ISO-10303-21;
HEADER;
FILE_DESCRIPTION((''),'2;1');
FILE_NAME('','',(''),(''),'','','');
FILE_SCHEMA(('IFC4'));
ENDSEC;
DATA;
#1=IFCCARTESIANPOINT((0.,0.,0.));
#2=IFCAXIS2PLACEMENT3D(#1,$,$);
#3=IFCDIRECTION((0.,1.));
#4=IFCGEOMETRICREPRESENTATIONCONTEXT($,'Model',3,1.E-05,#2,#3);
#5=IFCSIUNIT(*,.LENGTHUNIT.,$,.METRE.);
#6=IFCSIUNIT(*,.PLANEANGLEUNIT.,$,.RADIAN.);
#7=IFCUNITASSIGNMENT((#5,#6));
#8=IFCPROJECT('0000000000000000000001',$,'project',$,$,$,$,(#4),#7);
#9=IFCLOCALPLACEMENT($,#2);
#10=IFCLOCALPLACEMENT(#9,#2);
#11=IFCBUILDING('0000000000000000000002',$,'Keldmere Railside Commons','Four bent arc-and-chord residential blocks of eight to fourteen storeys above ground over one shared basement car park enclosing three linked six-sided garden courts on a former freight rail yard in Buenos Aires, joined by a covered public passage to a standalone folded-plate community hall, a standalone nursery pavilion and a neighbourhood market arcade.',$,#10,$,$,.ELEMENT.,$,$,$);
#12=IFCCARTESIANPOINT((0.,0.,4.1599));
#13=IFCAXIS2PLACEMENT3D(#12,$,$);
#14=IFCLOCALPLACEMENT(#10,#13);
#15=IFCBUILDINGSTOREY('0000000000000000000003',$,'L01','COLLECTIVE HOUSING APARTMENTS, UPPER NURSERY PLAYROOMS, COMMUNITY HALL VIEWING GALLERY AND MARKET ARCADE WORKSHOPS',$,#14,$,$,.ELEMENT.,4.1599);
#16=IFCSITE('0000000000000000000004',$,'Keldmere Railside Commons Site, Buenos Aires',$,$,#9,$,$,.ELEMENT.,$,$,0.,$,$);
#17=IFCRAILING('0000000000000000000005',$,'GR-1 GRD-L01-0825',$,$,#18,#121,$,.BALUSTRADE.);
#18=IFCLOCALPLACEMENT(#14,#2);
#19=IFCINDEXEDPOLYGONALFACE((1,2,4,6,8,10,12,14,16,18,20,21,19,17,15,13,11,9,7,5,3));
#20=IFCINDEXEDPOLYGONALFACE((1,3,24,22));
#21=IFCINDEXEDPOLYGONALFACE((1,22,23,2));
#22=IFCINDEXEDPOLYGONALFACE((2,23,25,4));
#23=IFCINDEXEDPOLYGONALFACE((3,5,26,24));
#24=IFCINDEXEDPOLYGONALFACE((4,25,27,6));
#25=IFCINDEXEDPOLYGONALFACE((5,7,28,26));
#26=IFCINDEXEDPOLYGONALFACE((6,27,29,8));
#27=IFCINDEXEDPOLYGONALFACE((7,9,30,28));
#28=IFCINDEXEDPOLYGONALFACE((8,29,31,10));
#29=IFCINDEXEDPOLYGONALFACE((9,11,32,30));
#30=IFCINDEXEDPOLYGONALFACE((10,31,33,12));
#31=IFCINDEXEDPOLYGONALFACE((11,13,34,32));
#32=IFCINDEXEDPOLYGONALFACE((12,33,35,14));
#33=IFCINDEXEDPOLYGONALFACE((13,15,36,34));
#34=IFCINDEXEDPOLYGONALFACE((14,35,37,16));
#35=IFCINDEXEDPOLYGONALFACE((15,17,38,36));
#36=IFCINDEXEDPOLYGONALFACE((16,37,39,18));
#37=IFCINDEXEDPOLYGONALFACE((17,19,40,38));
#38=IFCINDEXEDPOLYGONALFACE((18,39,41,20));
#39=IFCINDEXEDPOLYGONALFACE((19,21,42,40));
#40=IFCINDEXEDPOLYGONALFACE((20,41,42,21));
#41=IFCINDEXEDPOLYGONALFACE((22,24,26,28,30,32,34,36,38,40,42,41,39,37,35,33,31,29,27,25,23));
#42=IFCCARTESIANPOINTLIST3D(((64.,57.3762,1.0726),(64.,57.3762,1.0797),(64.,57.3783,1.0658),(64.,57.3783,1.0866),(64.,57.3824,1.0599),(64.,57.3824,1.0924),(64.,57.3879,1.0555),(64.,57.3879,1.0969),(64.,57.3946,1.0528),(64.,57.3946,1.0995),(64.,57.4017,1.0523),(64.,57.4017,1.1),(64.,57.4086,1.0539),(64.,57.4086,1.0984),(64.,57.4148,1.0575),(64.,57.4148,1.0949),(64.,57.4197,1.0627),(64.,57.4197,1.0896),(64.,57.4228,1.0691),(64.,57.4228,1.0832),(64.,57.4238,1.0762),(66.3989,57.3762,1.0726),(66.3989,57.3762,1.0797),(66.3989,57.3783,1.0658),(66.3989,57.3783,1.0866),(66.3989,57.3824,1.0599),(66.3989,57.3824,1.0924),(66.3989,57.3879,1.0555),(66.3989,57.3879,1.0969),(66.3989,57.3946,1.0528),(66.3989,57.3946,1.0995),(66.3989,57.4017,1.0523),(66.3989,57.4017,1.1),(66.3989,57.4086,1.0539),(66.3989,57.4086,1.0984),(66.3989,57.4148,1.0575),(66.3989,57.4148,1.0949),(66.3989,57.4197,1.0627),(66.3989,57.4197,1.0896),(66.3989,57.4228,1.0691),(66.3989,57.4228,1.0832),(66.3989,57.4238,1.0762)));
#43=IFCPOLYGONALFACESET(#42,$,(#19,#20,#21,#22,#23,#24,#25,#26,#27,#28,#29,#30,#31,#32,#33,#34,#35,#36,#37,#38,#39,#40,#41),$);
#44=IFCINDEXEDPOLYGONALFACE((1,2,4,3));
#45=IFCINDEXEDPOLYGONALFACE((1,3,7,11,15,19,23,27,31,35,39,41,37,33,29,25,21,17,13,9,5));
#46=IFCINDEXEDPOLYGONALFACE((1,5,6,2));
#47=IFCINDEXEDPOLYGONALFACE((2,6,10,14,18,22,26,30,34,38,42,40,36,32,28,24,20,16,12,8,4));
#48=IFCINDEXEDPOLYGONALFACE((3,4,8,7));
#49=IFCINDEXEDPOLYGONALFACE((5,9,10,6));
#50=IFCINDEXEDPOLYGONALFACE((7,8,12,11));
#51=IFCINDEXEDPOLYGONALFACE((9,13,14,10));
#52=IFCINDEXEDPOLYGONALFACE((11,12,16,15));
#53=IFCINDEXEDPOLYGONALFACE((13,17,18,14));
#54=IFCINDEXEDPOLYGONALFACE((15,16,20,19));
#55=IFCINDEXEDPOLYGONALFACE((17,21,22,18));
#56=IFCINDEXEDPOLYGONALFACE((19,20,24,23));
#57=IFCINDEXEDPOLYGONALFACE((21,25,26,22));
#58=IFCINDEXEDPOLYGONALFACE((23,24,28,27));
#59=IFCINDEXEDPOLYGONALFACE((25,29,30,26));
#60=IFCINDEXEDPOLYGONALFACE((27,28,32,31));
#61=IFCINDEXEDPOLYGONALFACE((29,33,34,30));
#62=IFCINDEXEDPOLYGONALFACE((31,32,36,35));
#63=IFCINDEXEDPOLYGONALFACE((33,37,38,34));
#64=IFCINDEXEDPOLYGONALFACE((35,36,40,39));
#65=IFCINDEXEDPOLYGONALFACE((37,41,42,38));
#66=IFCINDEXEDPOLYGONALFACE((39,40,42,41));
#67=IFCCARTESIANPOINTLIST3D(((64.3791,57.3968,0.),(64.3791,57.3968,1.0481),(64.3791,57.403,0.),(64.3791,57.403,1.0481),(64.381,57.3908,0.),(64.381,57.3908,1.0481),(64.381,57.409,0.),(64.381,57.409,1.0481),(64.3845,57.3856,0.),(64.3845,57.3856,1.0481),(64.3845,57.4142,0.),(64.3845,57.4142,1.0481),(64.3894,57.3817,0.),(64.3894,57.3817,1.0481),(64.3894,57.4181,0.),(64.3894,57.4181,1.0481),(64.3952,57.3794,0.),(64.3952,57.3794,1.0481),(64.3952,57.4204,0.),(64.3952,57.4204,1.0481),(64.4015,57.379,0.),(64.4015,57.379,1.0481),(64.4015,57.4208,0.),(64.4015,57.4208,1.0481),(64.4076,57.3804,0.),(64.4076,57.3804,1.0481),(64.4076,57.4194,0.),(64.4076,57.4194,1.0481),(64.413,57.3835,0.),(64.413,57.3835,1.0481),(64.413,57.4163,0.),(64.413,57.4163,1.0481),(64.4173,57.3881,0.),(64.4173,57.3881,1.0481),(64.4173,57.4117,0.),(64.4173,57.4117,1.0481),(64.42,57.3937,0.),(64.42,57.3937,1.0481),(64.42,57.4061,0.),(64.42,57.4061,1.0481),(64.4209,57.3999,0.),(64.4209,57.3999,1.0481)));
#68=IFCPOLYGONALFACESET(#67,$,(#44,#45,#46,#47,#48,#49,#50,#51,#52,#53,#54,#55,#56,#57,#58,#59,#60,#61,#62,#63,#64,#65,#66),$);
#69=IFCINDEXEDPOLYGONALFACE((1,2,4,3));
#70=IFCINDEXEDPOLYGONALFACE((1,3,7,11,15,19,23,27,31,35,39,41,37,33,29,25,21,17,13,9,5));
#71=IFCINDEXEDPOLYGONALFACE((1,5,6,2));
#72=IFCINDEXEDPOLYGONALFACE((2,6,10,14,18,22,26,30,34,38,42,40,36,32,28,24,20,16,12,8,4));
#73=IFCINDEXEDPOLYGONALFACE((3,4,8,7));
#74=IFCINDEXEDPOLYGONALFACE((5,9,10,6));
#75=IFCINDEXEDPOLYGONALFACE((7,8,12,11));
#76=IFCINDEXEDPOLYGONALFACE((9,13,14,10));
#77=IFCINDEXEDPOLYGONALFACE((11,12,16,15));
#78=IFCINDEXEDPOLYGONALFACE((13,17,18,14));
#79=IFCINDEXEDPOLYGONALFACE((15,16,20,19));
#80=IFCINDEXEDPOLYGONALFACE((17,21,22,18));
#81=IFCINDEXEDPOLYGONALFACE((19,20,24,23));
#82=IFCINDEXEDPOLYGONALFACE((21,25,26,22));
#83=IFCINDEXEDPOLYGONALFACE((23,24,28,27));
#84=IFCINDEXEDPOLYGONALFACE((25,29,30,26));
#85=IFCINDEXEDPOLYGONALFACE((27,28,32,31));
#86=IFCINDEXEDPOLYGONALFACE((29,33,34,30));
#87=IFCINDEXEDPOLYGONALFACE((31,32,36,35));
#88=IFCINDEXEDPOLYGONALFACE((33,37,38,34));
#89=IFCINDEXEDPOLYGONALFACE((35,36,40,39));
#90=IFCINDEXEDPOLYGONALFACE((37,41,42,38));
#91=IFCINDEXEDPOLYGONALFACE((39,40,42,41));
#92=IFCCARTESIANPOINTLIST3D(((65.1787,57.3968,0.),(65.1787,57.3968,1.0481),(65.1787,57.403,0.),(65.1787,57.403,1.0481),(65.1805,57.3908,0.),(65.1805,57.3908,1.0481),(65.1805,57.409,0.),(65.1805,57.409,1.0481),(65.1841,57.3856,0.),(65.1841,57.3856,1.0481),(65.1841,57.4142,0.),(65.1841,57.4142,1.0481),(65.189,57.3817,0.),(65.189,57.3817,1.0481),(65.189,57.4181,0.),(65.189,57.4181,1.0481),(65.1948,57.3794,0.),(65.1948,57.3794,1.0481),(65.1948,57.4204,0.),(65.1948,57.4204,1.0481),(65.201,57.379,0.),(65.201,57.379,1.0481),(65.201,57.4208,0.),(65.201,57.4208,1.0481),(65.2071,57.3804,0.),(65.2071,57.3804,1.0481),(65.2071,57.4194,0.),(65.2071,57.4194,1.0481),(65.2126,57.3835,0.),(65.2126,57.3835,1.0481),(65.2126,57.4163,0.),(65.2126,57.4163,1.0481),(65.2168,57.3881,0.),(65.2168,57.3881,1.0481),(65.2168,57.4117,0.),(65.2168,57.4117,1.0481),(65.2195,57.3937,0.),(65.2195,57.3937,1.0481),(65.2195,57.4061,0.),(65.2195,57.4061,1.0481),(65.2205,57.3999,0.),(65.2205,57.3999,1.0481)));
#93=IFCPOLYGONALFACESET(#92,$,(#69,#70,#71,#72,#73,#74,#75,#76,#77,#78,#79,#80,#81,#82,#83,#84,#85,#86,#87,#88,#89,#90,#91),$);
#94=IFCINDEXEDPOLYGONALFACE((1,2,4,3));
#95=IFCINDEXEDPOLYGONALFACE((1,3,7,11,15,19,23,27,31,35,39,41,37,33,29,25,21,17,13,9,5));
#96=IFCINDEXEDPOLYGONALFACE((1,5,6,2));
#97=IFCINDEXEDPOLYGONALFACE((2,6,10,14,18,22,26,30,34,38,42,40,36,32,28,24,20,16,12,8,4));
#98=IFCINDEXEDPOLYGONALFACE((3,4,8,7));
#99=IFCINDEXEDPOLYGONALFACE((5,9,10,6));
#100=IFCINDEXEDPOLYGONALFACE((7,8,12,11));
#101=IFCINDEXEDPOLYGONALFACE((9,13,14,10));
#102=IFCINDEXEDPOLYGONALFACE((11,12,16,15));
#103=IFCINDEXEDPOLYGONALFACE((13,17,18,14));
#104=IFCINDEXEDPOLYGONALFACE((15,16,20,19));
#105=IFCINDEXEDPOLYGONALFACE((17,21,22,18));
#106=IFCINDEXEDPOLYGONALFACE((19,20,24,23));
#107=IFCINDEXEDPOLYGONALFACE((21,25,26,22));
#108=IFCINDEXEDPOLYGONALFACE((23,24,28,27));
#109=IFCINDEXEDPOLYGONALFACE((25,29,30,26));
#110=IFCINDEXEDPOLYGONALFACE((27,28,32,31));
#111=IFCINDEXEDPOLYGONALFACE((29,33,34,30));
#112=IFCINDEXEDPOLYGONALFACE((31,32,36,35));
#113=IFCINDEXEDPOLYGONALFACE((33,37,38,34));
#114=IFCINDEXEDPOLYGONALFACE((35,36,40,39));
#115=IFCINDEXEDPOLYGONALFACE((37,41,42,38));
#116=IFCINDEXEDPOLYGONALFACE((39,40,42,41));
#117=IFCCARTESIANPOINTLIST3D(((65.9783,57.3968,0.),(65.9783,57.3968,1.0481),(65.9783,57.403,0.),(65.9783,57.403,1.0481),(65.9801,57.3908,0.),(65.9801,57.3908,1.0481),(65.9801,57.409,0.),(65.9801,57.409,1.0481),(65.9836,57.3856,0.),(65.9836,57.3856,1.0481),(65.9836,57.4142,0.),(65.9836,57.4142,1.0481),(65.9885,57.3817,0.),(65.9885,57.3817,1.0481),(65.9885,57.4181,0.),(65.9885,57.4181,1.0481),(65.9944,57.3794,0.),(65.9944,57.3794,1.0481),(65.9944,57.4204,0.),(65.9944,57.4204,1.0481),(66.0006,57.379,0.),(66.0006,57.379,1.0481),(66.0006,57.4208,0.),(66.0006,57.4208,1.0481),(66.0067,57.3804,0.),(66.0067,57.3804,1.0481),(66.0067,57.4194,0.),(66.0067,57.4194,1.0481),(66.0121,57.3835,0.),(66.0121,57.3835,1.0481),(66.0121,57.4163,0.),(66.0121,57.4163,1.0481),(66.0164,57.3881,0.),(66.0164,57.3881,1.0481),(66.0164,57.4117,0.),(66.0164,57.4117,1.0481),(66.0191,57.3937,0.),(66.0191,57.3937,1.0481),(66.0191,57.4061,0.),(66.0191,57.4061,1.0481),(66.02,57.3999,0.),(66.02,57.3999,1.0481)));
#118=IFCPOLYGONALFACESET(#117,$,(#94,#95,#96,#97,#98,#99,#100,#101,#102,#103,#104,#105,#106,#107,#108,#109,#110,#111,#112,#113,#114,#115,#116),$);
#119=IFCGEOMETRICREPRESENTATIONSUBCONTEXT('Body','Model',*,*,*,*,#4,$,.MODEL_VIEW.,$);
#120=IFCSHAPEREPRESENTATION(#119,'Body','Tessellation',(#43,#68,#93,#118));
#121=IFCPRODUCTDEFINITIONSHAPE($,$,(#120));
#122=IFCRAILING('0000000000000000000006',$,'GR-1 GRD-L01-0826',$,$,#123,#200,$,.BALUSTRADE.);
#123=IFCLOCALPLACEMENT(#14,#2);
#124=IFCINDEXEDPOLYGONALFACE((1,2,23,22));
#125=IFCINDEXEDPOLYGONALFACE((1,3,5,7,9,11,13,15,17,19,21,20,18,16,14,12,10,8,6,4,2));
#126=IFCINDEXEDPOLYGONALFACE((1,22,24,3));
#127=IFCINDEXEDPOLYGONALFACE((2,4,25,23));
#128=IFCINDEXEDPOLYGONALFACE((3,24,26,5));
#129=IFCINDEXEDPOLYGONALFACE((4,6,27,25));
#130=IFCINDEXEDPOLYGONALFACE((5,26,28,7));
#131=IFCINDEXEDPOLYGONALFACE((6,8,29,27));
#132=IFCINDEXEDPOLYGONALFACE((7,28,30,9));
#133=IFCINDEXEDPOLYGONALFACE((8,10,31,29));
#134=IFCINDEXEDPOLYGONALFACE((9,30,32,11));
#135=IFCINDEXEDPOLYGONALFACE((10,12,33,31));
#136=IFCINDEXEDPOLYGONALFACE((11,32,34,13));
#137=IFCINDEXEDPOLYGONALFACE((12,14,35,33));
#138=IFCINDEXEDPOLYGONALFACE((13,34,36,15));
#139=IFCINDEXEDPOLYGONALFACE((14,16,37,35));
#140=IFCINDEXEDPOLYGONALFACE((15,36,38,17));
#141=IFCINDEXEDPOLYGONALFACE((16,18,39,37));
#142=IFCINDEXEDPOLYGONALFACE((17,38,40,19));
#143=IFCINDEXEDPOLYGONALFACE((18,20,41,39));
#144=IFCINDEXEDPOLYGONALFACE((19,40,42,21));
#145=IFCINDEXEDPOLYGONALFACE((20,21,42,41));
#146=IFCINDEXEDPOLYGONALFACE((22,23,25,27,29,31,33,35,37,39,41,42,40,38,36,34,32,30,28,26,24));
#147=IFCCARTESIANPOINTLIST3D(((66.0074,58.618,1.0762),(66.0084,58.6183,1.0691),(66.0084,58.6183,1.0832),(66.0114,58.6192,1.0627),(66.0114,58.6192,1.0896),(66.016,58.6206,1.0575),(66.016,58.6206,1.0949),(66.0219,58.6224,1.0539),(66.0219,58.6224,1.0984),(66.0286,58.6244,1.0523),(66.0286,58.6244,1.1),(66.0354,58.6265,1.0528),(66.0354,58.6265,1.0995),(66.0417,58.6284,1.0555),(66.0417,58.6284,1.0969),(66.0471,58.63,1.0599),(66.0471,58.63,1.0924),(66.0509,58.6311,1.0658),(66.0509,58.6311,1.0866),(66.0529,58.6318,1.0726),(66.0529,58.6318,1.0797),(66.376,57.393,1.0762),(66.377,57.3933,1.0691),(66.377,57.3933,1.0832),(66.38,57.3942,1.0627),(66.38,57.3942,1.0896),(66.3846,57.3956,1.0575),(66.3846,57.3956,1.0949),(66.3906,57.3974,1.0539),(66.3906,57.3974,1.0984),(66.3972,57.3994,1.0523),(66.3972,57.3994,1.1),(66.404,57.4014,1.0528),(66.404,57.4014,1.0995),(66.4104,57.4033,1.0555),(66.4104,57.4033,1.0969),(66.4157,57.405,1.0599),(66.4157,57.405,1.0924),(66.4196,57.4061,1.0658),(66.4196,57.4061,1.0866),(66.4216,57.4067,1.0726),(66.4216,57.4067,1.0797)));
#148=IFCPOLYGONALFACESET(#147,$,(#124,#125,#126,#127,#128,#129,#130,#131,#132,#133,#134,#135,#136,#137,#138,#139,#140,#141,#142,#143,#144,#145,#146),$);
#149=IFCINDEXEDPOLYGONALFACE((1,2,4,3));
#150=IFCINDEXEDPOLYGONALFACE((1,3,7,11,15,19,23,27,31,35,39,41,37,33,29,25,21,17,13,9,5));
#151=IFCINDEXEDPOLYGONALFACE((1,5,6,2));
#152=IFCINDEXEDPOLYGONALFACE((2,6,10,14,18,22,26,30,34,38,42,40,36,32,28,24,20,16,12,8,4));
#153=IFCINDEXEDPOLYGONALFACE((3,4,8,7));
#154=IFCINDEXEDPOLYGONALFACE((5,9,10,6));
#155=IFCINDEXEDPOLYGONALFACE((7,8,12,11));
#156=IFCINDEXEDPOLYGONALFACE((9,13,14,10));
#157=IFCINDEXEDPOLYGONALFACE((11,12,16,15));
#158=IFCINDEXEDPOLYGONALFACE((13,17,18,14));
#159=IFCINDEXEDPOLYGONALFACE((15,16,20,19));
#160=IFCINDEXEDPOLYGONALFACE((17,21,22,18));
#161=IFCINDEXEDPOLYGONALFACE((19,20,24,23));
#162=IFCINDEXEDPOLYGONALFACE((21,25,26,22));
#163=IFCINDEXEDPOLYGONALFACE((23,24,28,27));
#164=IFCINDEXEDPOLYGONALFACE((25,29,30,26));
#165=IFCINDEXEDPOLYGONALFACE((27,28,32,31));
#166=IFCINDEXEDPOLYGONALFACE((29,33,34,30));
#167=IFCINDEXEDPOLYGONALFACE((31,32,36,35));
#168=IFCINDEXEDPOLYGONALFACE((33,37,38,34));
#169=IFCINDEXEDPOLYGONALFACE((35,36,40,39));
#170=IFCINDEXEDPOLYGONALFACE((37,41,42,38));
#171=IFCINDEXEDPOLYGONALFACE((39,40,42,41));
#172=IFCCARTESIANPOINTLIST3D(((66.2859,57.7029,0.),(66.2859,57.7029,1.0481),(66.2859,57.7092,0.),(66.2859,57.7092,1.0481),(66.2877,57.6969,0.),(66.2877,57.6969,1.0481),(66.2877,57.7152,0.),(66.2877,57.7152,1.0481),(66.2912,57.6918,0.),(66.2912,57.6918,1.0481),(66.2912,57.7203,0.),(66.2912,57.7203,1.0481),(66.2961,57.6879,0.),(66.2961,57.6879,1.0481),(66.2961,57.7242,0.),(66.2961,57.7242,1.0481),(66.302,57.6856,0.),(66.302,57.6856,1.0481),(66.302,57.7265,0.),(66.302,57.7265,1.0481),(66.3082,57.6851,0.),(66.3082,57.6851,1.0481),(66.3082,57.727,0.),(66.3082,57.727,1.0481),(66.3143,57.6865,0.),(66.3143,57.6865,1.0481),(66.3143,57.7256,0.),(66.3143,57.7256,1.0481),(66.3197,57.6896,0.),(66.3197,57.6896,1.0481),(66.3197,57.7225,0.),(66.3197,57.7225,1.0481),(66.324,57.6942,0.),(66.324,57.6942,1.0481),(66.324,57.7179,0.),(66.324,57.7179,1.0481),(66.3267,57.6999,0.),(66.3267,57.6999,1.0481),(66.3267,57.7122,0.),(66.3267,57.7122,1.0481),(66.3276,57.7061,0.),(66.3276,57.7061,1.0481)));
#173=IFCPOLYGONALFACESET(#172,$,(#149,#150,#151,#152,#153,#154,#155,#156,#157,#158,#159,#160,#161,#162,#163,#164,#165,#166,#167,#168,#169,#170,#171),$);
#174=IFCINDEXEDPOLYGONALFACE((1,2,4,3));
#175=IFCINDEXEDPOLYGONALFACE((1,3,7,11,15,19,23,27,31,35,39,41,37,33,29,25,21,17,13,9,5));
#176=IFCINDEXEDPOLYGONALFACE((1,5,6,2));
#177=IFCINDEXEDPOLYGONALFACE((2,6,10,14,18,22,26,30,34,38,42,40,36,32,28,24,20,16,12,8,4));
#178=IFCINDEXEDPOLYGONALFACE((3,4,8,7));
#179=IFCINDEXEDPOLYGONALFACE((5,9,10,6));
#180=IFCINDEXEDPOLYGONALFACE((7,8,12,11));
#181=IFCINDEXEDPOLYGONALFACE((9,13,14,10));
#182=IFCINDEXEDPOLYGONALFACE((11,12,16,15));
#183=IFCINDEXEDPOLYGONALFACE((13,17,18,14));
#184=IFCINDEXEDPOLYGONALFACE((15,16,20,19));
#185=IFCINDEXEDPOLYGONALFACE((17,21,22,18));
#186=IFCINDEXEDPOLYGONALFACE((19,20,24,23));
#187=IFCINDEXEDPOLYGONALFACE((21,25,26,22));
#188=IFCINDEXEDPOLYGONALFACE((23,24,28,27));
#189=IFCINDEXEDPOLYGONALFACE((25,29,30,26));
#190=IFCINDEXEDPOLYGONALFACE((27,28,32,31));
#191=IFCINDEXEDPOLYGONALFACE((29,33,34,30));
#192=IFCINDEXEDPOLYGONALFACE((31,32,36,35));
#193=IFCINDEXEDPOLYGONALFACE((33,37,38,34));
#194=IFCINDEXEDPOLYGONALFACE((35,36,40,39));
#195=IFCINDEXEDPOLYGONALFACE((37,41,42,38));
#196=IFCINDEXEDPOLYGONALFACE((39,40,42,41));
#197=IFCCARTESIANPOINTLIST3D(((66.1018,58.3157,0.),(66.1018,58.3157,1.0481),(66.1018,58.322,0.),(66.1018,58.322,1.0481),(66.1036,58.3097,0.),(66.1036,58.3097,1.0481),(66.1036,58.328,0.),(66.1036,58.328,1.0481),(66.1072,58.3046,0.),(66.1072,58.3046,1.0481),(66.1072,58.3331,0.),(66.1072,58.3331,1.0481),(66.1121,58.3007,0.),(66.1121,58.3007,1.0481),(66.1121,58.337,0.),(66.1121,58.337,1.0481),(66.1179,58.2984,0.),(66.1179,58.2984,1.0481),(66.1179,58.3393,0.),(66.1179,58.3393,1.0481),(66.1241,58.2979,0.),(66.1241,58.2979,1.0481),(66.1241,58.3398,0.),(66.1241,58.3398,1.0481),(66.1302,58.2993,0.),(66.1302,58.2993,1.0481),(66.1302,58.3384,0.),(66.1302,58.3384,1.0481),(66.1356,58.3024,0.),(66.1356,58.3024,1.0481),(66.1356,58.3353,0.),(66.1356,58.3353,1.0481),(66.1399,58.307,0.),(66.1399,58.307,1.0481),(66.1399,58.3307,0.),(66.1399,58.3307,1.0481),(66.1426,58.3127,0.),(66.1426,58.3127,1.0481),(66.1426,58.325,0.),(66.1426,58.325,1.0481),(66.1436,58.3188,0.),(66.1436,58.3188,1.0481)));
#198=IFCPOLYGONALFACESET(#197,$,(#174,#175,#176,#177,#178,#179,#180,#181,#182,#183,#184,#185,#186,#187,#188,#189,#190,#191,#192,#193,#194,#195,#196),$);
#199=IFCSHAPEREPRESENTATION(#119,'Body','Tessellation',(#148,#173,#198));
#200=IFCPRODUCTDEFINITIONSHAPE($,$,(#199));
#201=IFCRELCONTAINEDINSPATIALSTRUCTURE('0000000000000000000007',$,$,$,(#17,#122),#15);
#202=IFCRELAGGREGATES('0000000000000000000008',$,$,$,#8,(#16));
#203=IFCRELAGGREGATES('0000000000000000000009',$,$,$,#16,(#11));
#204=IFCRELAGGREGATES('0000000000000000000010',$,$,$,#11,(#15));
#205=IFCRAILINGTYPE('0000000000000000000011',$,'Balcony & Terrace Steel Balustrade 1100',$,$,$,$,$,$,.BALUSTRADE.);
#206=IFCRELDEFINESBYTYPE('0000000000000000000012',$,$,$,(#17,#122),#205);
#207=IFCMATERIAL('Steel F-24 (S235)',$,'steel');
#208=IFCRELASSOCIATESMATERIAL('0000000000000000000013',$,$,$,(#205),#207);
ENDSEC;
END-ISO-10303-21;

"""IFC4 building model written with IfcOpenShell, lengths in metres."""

from ifc_helpers import new_model, si_unit, direction, frame, origin, origin_2d, place, context, subcontext, project, spatial, circle, extrude, material, type_object, element, save


model = new_model("IFC4")

# Units and contexts
model_context = context("Model", 3, precision=1e-05, world=origin(), true_north=direction((0.0, 1.0)))
body_context = subcontext(model_context, "Body", "Model", "MODEL_VIEW")
ifc_project = project(units=[si_unit("LENGTHUNIT", "METRE"), si_unit("PLANEANGLEUNIT", "RADIAN")], contexts=[model_context])

# Site, building, storey
site_placement = place(None, origin())
site = spatial("IfcSite", under=ifc_project, at=site_placement, Name="Keldmere Railside Commons Site, Buenos Aires", CompositionType="ELEMENT", RefElevation=0.0)
building_placement = place(site_placement, origin())
building = spatial("IfcBuilding", under=site, at=building_placement, Name="Keldmere Railside Commons", Description="Four bent arc-and-chord residential blocks of eight to fourteen storeys above ground over one shared basement car park enclosing three linked six-sided garden courts on a former freight rail yard in Buenos Aires, joined by a covered public passage to a standalone folded-plate community hall, a standalone nursery pavilion and a neighbourhood market arcade.", CompositionType="ELEMENT")
storey_placement = place(building_placement, frame((0.0, 0.0, 4.1599)))
storey = spatial("IfcBuildingStorey", under=building, at=storey_placement, Name="L01", Description="COLLECTIVE HOUSING APARTMENTS, UPPER NURSERY PLAYROOMS, COMMUNITY HALL VIEWING GALLERY AND MARKET ARCADE WORKSHOPS", CompositionType="ELEMENT", Elevation=4.1599)

# Railings
ifc_material_1 = material(Name="Steel F-24 (S235)", Category="steel")
railing_type = type_object("IfcRailingType", Name="Balcony & Terrace Steel Balustrade 1100", PredefinedType="BALUSTRADE", material=ifc_material_1)
railing_1_placement = place(storey_placement, frame((64.0, 57.3999, 0.0)))
element("IfcRailing", 1, at=railing_1_placement, inside=storey, type_object=railing_type, Name="GR-1 GRD-L01-0825", PredefinedType="BALUSTRADE", context=body_context, shape_type="SweptSolid", body=[
    extrude(circle(Radius=0.0239, at=origin_2d()), frame((0.0, 0.0, 1.0762), z_axis=(1.0, 0.0, 0.0), x_axis=(0.0, 1.0, 0.0)), (0.0, 0.0, 1.0), 2.3989),
    extrude(circle(Radius=0.021, at=origin_2d()), frame((0.3999, 0.0, 0.0)), (0.0, 0.0, 1.0), 1.0481),
    extrude(circle(Radius=0.021, at=origin_2d()), frame((1.1995, 0.0, 0.0)), (0.0, 0.0, 1.0), 1.0481),
    extrude(circle(Radius=0.021, at=origin_2d()), frame((1.999, 0.0, 0.0)), (0.0, 0.0, 1.0), 1.0481),
])
railing_2_placement = place(storey_placement, frame((66.3989, 57.3999, 0.0)))
element("IfcRailing", 2, at=railing_2_placement, inside=storey, type_object=railing_type, Name="GR-1 GRD-L01-0826", PredefinedType="BALUSTRADE", context=body_context, shape_type="SweptSolid", body=[
    extrude(circle(Radius=0.0239, at=origin_2d()), frame((0.0, 0.0, 1.0762), z_axis=(-0.288153, 0.957584, 0.0), x_axis=(-0.957584, -0.288153, 0.0)), (0.0, 0.0, 1.0), 1.2793),
    extrude(circle(Radius=0.021, at=origin_2d()), frame((-0.0923, 0.3062, 0.0)), (0.0, 0.0, 1.0), 1.0481),
    extrude(circle(Radius=0.021, at=origin_2d()), frame((-0.2764, 0.9189, 0.0)), (0.0, 0.0, 1.0), 1.0481),
])

save(model, "model.ifc")
